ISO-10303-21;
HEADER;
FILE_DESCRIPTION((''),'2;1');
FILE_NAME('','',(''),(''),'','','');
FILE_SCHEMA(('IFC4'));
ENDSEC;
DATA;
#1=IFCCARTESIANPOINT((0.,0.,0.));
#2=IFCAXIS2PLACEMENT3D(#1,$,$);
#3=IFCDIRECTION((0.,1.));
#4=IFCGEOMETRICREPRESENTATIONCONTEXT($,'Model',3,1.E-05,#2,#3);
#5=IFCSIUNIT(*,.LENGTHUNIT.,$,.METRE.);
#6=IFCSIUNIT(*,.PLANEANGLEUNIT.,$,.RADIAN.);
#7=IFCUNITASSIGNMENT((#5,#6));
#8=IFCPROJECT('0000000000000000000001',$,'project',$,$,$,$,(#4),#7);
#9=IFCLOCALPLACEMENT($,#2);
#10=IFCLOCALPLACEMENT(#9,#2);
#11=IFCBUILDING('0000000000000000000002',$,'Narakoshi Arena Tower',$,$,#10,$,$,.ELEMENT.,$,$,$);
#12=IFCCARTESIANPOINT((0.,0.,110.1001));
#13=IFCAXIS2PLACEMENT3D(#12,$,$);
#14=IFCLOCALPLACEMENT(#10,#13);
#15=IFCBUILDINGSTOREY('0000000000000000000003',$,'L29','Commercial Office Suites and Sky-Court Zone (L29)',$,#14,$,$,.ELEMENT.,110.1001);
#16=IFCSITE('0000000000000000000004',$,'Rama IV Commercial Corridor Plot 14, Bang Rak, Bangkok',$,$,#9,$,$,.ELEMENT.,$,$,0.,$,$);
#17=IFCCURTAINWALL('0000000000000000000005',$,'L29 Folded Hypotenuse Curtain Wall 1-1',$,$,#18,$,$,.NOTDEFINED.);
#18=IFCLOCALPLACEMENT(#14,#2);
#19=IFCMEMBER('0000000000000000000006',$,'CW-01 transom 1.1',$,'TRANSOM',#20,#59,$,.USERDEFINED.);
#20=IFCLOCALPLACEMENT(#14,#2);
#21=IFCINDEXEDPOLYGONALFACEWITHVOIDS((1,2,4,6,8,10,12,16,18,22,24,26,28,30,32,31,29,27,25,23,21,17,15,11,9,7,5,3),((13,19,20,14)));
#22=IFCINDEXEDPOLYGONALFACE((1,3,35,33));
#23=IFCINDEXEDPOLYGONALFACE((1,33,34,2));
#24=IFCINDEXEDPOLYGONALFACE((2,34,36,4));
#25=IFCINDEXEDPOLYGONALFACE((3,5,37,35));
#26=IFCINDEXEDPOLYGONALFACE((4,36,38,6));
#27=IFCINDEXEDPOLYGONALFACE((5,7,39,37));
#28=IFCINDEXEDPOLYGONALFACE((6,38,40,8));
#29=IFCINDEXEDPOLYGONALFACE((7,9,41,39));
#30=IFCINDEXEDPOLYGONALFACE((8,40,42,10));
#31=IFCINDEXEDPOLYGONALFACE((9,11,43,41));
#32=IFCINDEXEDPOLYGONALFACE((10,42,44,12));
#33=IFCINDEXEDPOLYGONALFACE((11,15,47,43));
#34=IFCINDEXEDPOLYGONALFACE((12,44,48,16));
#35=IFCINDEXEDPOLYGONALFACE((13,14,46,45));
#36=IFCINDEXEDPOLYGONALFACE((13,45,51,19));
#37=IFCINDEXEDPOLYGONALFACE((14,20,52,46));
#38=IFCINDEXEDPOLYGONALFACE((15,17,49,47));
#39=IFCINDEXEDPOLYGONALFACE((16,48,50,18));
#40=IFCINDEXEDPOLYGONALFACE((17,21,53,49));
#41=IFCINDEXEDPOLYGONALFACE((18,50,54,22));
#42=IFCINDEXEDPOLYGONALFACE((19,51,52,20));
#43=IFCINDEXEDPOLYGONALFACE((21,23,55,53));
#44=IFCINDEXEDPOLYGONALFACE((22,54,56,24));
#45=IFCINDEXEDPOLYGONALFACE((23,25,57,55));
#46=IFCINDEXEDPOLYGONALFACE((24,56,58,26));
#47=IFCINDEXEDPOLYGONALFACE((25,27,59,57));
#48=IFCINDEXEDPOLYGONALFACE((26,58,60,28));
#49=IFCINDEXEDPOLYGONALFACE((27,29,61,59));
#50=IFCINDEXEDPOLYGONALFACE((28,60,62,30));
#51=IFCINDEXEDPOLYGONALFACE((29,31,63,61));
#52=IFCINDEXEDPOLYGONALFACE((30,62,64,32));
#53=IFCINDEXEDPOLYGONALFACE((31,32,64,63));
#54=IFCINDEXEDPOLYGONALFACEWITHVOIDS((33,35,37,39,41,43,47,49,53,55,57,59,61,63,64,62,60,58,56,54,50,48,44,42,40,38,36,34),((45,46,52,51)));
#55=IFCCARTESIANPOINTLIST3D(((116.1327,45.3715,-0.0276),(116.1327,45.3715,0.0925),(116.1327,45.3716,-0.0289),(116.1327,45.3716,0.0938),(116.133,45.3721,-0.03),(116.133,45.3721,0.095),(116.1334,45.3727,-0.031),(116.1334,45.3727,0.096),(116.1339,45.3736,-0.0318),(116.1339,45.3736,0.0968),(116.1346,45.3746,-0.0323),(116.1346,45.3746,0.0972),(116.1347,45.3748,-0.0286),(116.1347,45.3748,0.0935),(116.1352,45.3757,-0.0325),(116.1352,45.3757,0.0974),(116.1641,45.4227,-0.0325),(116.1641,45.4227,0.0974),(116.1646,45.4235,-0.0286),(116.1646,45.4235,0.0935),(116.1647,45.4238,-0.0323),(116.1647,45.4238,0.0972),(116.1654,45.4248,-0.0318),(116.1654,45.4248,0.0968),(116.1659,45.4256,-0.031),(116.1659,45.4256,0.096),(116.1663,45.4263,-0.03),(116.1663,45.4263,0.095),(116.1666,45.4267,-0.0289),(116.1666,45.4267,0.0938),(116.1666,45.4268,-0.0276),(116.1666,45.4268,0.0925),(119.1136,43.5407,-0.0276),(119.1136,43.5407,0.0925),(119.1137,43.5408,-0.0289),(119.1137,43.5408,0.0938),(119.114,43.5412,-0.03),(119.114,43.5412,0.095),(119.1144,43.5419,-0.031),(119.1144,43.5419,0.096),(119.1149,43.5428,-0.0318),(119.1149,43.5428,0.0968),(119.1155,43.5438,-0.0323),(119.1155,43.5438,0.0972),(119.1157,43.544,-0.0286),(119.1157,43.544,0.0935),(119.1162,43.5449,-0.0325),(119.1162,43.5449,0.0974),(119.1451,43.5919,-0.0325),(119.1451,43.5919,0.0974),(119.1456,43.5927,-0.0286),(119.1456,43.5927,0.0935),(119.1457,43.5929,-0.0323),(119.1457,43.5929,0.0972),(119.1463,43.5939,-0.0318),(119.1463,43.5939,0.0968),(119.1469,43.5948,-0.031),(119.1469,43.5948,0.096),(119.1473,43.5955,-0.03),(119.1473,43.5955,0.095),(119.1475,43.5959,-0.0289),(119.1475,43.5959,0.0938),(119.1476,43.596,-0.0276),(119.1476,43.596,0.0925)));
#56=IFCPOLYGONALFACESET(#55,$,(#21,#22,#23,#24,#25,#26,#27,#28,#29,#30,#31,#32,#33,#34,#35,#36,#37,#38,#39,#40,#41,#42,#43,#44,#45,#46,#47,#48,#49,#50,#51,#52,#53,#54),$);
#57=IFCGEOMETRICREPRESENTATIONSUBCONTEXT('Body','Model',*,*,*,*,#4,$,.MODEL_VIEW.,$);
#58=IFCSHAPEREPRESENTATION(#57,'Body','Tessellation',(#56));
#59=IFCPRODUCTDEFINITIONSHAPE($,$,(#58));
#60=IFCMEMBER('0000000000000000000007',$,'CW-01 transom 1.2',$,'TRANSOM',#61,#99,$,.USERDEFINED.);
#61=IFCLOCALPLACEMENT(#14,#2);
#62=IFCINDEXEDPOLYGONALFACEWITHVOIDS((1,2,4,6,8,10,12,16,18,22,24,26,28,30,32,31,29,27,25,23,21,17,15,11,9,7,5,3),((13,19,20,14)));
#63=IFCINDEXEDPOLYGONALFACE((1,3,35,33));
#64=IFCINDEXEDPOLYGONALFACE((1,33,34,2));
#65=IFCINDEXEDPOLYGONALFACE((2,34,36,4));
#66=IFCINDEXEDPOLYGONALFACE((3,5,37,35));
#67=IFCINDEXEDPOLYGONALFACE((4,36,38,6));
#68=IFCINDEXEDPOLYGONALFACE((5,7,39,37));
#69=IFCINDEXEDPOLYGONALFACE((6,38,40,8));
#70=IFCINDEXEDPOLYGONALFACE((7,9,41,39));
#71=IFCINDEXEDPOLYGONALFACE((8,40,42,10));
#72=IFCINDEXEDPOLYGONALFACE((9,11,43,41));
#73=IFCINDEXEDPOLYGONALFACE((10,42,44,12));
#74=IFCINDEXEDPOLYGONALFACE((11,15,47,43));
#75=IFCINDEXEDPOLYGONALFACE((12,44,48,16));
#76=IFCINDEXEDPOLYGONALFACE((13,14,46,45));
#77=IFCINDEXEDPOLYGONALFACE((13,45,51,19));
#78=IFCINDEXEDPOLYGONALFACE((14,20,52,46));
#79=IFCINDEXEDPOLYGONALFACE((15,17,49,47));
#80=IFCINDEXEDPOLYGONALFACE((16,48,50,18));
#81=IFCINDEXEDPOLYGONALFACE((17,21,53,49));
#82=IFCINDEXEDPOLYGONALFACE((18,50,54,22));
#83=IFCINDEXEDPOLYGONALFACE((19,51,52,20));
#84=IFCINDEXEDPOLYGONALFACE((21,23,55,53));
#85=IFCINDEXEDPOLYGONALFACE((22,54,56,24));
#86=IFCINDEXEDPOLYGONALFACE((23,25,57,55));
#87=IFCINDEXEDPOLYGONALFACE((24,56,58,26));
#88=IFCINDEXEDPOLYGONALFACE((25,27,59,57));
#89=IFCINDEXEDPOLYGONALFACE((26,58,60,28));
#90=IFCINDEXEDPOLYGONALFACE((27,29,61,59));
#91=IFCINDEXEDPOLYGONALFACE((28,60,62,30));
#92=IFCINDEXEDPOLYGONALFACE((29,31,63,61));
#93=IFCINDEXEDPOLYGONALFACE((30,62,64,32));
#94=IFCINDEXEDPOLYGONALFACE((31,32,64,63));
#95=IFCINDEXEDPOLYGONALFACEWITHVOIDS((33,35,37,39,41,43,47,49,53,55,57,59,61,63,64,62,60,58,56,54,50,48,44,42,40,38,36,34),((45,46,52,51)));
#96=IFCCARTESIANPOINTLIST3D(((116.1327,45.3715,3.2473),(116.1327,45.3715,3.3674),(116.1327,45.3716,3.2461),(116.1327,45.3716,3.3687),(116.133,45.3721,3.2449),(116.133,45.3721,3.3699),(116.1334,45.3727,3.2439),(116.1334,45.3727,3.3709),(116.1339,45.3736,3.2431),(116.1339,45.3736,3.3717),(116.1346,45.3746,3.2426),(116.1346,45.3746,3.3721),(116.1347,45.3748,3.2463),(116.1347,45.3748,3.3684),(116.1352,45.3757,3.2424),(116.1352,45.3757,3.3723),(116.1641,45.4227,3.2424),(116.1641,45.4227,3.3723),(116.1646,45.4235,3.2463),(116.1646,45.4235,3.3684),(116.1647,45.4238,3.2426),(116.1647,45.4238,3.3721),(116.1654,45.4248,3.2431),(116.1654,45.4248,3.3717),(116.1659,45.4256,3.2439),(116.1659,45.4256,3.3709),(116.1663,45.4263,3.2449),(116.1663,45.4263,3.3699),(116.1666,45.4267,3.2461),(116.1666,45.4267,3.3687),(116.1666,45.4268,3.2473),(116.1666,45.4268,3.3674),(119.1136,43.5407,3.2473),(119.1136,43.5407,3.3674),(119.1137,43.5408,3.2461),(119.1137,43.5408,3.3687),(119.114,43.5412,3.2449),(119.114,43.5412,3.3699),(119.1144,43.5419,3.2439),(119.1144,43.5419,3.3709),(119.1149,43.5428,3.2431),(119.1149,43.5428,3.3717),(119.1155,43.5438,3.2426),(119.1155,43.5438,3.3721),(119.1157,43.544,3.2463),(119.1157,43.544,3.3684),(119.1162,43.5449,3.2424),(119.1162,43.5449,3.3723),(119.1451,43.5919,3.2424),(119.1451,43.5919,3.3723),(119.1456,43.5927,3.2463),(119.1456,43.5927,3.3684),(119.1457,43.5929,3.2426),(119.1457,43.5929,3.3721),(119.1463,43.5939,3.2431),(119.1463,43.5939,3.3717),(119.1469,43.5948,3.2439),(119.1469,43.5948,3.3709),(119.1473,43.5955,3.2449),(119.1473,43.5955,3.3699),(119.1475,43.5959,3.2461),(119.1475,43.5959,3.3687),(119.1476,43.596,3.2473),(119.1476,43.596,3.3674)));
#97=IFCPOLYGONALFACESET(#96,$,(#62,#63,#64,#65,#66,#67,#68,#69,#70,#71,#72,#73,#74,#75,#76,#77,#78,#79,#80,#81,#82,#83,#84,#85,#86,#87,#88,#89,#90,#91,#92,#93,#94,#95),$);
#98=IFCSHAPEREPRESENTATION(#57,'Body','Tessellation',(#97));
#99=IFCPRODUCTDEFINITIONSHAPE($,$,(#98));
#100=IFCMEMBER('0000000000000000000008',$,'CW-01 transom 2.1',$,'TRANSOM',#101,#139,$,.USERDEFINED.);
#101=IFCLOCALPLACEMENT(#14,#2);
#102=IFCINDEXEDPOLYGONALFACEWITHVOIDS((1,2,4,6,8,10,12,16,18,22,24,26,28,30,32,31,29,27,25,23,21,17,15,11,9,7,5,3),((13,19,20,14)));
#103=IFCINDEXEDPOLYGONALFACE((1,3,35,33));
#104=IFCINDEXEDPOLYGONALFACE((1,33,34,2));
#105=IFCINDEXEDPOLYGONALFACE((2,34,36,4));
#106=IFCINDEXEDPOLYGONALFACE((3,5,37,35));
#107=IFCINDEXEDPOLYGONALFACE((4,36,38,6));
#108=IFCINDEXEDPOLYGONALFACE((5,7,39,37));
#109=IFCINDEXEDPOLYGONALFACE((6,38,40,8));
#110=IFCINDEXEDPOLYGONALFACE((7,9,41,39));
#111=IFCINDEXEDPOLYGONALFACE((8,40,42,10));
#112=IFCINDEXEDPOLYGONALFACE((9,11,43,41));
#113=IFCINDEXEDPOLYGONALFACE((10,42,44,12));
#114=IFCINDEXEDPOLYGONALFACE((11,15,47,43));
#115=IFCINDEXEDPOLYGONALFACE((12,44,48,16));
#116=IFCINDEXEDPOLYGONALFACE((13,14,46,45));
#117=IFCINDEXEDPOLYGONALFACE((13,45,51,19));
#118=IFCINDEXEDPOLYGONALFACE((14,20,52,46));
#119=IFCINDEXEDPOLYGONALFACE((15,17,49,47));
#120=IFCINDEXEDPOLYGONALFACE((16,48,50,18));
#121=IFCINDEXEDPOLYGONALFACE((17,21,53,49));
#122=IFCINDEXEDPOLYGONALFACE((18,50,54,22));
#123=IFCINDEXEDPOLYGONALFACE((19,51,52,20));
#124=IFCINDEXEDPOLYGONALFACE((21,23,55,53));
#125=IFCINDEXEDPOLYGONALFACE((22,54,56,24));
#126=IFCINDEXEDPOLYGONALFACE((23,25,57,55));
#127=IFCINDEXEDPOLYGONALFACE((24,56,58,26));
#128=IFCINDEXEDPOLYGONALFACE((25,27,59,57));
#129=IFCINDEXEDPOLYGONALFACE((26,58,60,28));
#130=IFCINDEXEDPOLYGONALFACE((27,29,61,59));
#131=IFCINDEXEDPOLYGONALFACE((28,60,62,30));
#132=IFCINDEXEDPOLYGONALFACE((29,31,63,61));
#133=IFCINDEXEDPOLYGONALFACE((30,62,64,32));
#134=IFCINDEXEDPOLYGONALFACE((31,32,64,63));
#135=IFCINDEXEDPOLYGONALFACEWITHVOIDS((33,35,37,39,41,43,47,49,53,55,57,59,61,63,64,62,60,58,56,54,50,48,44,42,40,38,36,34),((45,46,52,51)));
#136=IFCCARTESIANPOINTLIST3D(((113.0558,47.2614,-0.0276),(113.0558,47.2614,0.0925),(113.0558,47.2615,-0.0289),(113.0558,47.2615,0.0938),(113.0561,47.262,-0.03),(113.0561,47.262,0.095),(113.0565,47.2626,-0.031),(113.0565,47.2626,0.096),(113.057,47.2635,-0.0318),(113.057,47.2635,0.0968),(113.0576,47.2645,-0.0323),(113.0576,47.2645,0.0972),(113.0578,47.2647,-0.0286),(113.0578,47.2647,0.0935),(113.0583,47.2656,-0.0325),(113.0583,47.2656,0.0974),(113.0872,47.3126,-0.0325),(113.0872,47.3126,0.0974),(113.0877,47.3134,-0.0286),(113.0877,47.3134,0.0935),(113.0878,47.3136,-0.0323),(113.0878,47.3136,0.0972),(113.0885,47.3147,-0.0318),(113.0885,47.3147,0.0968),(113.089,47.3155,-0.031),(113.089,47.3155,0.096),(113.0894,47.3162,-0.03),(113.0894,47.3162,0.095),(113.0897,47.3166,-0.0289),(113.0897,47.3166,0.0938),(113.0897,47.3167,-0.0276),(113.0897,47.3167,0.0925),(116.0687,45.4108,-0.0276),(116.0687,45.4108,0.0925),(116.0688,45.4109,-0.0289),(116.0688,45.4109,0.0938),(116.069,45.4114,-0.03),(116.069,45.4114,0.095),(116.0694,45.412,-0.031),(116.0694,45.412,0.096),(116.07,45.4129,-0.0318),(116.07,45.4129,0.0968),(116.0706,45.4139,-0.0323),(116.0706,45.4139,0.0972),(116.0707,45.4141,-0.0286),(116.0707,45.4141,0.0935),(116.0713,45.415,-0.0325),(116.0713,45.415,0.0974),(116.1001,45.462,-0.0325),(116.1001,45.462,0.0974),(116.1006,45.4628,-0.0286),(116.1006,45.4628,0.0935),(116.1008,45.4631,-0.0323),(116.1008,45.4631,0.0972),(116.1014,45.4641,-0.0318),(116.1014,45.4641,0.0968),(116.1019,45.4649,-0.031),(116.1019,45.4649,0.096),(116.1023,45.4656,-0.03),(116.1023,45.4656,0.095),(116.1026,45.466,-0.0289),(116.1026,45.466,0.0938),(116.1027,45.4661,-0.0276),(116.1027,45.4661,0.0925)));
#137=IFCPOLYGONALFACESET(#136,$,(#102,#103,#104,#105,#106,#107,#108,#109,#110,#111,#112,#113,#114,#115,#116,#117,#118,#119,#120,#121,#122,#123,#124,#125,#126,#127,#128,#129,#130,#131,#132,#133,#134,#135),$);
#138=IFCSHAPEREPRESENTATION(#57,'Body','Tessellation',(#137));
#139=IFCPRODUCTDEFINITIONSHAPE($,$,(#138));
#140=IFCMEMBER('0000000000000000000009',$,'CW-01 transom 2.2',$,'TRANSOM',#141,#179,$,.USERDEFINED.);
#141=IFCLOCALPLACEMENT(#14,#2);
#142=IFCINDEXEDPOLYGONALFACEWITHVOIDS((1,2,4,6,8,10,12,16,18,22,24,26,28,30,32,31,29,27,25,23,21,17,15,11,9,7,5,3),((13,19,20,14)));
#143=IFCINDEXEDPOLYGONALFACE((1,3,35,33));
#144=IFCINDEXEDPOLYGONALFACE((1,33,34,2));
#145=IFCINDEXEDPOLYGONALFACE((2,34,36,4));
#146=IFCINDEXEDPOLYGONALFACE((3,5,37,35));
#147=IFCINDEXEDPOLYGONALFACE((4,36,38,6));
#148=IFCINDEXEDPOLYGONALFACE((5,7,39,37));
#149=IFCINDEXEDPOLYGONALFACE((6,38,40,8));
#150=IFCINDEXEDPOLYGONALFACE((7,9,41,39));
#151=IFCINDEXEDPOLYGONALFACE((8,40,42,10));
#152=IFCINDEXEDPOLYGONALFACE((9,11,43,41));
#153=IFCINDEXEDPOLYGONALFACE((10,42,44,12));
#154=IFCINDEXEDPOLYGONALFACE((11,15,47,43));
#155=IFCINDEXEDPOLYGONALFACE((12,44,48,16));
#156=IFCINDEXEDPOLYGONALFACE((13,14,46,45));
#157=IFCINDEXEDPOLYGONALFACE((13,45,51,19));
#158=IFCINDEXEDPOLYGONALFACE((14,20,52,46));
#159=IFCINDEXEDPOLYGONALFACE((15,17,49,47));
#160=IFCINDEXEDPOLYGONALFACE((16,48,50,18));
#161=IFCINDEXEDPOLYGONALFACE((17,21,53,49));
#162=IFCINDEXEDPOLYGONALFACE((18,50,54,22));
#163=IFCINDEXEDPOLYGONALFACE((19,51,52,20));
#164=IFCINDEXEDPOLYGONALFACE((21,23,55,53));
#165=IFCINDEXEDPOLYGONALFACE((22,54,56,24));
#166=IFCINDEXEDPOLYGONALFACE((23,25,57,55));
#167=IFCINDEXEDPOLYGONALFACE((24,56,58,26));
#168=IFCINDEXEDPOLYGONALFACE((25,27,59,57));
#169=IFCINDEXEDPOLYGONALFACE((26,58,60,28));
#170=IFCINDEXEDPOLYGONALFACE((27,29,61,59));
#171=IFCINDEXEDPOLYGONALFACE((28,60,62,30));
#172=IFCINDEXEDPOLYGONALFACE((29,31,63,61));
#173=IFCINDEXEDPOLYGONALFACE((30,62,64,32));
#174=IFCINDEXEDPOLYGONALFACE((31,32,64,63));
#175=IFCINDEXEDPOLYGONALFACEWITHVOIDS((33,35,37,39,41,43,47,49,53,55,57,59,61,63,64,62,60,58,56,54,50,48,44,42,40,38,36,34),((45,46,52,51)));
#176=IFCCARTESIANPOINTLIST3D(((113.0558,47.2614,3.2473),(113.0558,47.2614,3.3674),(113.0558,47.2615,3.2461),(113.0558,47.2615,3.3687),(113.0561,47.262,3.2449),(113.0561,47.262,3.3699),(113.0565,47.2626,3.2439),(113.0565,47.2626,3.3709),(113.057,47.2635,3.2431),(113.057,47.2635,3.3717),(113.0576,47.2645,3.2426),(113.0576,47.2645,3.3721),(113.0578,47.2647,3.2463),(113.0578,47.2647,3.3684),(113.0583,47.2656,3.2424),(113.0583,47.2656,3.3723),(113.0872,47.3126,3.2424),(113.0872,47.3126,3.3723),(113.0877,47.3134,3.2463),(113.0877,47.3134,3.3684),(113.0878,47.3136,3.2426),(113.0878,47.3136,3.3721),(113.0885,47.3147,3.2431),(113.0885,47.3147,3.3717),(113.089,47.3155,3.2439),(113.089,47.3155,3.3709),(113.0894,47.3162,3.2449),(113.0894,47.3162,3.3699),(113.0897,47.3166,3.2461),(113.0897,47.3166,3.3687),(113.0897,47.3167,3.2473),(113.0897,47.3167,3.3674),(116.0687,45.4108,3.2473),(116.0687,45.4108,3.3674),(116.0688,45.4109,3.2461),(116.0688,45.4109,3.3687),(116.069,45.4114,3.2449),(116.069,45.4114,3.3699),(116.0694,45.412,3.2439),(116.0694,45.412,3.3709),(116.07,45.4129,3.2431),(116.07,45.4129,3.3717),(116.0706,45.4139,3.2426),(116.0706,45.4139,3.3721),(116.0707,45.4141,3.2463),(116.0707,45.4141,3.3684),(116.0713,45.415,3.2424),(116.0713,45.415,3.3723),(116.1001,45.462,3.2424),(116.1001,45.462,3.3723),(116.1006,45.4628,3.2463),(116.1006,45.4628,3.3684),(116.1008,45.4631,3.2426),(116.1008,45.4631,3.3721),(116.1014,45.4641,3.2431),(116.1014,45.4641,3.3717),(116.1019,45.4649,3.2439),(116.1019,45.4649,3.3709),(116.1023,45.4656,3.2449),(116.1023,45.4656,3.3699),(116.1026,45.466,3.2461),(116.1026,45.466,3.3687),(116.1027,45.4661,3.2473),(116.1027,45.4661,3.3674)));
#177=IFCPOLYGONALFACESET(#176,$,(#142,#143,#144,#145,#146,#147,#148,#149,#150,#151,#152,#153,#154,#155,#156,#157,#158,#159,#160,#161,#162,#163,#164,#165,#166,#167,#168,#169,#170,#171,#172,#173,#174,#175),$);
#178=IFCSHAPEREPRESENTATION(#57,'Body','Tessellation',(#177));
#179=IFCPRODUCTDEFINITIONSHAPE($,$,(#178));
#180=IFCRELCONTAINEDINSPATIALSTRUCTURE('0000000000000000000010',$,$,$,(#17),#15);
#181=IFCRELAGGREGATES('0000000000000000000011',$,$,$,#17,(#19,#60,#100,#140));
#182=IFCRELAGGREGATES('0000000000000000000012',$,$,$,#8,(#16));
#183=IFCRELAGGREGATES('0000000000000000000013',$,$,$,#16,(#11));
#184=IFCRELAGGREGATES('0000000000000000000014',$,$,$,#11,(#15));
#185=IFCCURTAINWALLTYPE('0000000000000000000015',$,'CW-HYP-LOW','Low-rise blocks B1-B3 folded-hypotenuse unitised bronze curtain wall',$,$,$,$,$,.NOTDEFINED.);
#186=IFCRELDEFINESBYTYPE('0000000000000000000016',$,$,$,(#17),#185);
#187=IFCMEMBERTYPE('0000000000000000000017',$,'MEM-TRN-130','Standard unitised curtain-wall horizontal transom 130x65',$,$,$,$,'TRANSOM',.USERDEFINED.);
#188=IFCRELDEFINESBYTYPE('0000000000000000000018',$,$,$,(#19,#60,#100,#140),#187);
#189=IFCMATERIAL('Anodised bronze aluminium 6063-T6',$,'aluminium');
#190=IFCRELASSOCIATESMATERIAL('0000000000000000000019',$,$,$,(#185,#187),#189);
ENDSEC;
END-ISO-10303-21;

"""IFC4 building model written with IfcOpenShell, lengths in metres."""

from ifc_helpers import new_model, si_unit, direction, frame, origin, origin_2d, place, context, subcontext, project, spatial, hollow_rectangle, extrude, material, material_profile, profile_set, type_object, element, aggregate, save


model = new_model("IFC4")

# Units and contexts
model_context = context("Model", 3, precision=1e-05, world=origin(), true_north=direction((0.0, 1.0)))
body_context = subcontext(model_context, "Body", "Model", "MODEL_VIEW")
ifc_project = project(units=[si_unit("LENGTHUNIT", "METRE"), si_unit("PLANEANGLEUNIT", "RADIAN")], contexts=[model_context])

# Site, building, storey
site_placement = place(None, origin())
site = spatial("IfcSite", under=ifc_project, at=site_placement, Name="Rama IV Commercial Corridor Plot 14, Bang Rak, Bangkok", CompositionType="ELEMENT", RefElevation=0.0)
building_placement = place(site_placement, origin())
building = spatial("IfcBuilding", under=site, at=building_placement, Name="Narakoshi Arena Tower", CompositionType="ELEMENT")
storey_placement = place(building_placement, frame((0.0, 0.0, 110.1001)))
storey = spatial("IfcBuildingStorey", under=building, at=storey_placement, Name="L29", Description="Commercial Office Suites and Sky-Court Zone (L29)", CompositionType="ELEMENT", Elevation=110.1001)

# Curtain wall, members
ifc_material_1 = material(Name="Anodised bronze aluminium 6063-T6", Category="aluminium")
curtain_wall_type = type_object("IfcCurtainWallType", Name="CW-HYP-LOW", Description="Low-rise blocks B1-B3 folded-hypotenuse unitised bronze curtain wall", PredefinedType="NOTDEFINED", material=ifc_material_1)
curtain_wall_placement = place(storey_placement, origin())
curtain_wall = element("IfcCurtainWall", 1, at=curtain_wall_placement, inside=storey, type_object=curtain_wall_type, Name="L29 Folded Hypotenuse Curtain Wall 1-1", PredefinedType="NOTDEFINED")
ifc_material_profile_1 = material_profile(ifc_material_1, hollow_rectangle(XDim=0.0649, YDim=0.1299, WallThickness=0.0039, OuterFilletRadius=0.0049, at=origin_2d()), Name="TRN130x65x4")
ifc_profile_set_1 = profile_set([ifc_material_profile_1], Name="Anodised bronze aluminium 6063-T6")
member_type_1 = type_object("IfcMemberType", Name="MEM-TRN-130", Description="Standard unitised curtain-wall horizontal transom 130x65", ElementType="TRANSOM", PredefinedType="USERDEFINED", material=ifc_profile_set_1)
member_1_placement = place(storey_placement, frame((119.1306, 43.5684, 0.0325), z_axis=(-0.85212, 0.523346, 0.0), x_axis=(-0.523346, -0.85212, 0.0)))
member_1 = element("IfcMember", 2, at=member_1_placement, type_object=member_type_1, Name="CW-01 transom 1.1", ObjectType="TRANSOM", PredefinedType="USERDEFINED", context=body_context, shape_type="SweptSolid", body=[
    extrude(hollow_rectangle(XDim=0.0649, YDim=0.1299, WallThickness=0.0039, OuterFilletRadius=0.0049, at=origin_2d()), origin(), (0.0, 0.0, 1.0), 3.4983),
])
member_2_placement = place(storey_placement, frame((119.1306, 43.5684, 3.3074), z_axis=(-0.85212, 0.523346, 0.0), x_axis=(-0.523346, -0.85212, 0.0)))
member_2 = element("IfcMember", 3, at=member_2_placement, type_object=member_type_1, Name="CW-01 transom 1.2", ObjectType="TRANSOM", PredefinedType="USERDEFINED", context=body_context, shape_type="SweptSolid", body=[
    extrude(hollow_rectangle(XDim=0.0649, YDim=0.1299, WallThickness=0.0039, OuterFilletRadius=0.0049, at=origin_2d()), origin(), (0.0, 0.0, 1.0), 3.4983),
])
member_3_placement = place(storey_placement, frame((116.0857, 45.4385, 0.0325), z_axis=(-0.852104, 0.523373, 0.0), x_axis=(-0.523373, -0.852104, 0.0)))
member_3 = element("IfcMember", 4, at=member_3_placement, type_object=member_type_1, Name="CW-01 transom 2.1", ObjectType="TRANSOM", PredefinedType="USERDEFINED", context=body_context, shape_type="SweptSolid", body=[
    extrude(hollow_rectangle(XDim=0.0649, YDim=0.1299, WallThickness=0.0039, OuterFilletRadius=0.0049, at=origin_2d()), origin(), (0.0, 0.0, 1.0), 3.5359),
])
member_4_placement = place(storey_placement, frame((116.0857, 45.4385, 3.3074), z_axis=(-0.852104, 0.523373, 0.0), x_axis=(-0.523373, -0.852104, 0.0)))
member_4 = element("IfcMember", 5, at=member_4_placement, type_object=member_type_1, Name="CW-01 transom 2.2", ObjectType="TRANSOM", PredefinedType="USERDEFINED", context=body_context, shape_type="SweptSolid", body=[
    extrude(hollow_rectangle(XDim=0.0649, YDim=0.1299, WallThickness=0.0039, OuterFilletRadius=0.0049, at=origin_2d()), origin(), (0.0, 0.0, 1.0), 3.5359),
])
aggregate(curtain_wall, [member_1, member_2, member_3, member_4])

save(model, "model.ifc")
